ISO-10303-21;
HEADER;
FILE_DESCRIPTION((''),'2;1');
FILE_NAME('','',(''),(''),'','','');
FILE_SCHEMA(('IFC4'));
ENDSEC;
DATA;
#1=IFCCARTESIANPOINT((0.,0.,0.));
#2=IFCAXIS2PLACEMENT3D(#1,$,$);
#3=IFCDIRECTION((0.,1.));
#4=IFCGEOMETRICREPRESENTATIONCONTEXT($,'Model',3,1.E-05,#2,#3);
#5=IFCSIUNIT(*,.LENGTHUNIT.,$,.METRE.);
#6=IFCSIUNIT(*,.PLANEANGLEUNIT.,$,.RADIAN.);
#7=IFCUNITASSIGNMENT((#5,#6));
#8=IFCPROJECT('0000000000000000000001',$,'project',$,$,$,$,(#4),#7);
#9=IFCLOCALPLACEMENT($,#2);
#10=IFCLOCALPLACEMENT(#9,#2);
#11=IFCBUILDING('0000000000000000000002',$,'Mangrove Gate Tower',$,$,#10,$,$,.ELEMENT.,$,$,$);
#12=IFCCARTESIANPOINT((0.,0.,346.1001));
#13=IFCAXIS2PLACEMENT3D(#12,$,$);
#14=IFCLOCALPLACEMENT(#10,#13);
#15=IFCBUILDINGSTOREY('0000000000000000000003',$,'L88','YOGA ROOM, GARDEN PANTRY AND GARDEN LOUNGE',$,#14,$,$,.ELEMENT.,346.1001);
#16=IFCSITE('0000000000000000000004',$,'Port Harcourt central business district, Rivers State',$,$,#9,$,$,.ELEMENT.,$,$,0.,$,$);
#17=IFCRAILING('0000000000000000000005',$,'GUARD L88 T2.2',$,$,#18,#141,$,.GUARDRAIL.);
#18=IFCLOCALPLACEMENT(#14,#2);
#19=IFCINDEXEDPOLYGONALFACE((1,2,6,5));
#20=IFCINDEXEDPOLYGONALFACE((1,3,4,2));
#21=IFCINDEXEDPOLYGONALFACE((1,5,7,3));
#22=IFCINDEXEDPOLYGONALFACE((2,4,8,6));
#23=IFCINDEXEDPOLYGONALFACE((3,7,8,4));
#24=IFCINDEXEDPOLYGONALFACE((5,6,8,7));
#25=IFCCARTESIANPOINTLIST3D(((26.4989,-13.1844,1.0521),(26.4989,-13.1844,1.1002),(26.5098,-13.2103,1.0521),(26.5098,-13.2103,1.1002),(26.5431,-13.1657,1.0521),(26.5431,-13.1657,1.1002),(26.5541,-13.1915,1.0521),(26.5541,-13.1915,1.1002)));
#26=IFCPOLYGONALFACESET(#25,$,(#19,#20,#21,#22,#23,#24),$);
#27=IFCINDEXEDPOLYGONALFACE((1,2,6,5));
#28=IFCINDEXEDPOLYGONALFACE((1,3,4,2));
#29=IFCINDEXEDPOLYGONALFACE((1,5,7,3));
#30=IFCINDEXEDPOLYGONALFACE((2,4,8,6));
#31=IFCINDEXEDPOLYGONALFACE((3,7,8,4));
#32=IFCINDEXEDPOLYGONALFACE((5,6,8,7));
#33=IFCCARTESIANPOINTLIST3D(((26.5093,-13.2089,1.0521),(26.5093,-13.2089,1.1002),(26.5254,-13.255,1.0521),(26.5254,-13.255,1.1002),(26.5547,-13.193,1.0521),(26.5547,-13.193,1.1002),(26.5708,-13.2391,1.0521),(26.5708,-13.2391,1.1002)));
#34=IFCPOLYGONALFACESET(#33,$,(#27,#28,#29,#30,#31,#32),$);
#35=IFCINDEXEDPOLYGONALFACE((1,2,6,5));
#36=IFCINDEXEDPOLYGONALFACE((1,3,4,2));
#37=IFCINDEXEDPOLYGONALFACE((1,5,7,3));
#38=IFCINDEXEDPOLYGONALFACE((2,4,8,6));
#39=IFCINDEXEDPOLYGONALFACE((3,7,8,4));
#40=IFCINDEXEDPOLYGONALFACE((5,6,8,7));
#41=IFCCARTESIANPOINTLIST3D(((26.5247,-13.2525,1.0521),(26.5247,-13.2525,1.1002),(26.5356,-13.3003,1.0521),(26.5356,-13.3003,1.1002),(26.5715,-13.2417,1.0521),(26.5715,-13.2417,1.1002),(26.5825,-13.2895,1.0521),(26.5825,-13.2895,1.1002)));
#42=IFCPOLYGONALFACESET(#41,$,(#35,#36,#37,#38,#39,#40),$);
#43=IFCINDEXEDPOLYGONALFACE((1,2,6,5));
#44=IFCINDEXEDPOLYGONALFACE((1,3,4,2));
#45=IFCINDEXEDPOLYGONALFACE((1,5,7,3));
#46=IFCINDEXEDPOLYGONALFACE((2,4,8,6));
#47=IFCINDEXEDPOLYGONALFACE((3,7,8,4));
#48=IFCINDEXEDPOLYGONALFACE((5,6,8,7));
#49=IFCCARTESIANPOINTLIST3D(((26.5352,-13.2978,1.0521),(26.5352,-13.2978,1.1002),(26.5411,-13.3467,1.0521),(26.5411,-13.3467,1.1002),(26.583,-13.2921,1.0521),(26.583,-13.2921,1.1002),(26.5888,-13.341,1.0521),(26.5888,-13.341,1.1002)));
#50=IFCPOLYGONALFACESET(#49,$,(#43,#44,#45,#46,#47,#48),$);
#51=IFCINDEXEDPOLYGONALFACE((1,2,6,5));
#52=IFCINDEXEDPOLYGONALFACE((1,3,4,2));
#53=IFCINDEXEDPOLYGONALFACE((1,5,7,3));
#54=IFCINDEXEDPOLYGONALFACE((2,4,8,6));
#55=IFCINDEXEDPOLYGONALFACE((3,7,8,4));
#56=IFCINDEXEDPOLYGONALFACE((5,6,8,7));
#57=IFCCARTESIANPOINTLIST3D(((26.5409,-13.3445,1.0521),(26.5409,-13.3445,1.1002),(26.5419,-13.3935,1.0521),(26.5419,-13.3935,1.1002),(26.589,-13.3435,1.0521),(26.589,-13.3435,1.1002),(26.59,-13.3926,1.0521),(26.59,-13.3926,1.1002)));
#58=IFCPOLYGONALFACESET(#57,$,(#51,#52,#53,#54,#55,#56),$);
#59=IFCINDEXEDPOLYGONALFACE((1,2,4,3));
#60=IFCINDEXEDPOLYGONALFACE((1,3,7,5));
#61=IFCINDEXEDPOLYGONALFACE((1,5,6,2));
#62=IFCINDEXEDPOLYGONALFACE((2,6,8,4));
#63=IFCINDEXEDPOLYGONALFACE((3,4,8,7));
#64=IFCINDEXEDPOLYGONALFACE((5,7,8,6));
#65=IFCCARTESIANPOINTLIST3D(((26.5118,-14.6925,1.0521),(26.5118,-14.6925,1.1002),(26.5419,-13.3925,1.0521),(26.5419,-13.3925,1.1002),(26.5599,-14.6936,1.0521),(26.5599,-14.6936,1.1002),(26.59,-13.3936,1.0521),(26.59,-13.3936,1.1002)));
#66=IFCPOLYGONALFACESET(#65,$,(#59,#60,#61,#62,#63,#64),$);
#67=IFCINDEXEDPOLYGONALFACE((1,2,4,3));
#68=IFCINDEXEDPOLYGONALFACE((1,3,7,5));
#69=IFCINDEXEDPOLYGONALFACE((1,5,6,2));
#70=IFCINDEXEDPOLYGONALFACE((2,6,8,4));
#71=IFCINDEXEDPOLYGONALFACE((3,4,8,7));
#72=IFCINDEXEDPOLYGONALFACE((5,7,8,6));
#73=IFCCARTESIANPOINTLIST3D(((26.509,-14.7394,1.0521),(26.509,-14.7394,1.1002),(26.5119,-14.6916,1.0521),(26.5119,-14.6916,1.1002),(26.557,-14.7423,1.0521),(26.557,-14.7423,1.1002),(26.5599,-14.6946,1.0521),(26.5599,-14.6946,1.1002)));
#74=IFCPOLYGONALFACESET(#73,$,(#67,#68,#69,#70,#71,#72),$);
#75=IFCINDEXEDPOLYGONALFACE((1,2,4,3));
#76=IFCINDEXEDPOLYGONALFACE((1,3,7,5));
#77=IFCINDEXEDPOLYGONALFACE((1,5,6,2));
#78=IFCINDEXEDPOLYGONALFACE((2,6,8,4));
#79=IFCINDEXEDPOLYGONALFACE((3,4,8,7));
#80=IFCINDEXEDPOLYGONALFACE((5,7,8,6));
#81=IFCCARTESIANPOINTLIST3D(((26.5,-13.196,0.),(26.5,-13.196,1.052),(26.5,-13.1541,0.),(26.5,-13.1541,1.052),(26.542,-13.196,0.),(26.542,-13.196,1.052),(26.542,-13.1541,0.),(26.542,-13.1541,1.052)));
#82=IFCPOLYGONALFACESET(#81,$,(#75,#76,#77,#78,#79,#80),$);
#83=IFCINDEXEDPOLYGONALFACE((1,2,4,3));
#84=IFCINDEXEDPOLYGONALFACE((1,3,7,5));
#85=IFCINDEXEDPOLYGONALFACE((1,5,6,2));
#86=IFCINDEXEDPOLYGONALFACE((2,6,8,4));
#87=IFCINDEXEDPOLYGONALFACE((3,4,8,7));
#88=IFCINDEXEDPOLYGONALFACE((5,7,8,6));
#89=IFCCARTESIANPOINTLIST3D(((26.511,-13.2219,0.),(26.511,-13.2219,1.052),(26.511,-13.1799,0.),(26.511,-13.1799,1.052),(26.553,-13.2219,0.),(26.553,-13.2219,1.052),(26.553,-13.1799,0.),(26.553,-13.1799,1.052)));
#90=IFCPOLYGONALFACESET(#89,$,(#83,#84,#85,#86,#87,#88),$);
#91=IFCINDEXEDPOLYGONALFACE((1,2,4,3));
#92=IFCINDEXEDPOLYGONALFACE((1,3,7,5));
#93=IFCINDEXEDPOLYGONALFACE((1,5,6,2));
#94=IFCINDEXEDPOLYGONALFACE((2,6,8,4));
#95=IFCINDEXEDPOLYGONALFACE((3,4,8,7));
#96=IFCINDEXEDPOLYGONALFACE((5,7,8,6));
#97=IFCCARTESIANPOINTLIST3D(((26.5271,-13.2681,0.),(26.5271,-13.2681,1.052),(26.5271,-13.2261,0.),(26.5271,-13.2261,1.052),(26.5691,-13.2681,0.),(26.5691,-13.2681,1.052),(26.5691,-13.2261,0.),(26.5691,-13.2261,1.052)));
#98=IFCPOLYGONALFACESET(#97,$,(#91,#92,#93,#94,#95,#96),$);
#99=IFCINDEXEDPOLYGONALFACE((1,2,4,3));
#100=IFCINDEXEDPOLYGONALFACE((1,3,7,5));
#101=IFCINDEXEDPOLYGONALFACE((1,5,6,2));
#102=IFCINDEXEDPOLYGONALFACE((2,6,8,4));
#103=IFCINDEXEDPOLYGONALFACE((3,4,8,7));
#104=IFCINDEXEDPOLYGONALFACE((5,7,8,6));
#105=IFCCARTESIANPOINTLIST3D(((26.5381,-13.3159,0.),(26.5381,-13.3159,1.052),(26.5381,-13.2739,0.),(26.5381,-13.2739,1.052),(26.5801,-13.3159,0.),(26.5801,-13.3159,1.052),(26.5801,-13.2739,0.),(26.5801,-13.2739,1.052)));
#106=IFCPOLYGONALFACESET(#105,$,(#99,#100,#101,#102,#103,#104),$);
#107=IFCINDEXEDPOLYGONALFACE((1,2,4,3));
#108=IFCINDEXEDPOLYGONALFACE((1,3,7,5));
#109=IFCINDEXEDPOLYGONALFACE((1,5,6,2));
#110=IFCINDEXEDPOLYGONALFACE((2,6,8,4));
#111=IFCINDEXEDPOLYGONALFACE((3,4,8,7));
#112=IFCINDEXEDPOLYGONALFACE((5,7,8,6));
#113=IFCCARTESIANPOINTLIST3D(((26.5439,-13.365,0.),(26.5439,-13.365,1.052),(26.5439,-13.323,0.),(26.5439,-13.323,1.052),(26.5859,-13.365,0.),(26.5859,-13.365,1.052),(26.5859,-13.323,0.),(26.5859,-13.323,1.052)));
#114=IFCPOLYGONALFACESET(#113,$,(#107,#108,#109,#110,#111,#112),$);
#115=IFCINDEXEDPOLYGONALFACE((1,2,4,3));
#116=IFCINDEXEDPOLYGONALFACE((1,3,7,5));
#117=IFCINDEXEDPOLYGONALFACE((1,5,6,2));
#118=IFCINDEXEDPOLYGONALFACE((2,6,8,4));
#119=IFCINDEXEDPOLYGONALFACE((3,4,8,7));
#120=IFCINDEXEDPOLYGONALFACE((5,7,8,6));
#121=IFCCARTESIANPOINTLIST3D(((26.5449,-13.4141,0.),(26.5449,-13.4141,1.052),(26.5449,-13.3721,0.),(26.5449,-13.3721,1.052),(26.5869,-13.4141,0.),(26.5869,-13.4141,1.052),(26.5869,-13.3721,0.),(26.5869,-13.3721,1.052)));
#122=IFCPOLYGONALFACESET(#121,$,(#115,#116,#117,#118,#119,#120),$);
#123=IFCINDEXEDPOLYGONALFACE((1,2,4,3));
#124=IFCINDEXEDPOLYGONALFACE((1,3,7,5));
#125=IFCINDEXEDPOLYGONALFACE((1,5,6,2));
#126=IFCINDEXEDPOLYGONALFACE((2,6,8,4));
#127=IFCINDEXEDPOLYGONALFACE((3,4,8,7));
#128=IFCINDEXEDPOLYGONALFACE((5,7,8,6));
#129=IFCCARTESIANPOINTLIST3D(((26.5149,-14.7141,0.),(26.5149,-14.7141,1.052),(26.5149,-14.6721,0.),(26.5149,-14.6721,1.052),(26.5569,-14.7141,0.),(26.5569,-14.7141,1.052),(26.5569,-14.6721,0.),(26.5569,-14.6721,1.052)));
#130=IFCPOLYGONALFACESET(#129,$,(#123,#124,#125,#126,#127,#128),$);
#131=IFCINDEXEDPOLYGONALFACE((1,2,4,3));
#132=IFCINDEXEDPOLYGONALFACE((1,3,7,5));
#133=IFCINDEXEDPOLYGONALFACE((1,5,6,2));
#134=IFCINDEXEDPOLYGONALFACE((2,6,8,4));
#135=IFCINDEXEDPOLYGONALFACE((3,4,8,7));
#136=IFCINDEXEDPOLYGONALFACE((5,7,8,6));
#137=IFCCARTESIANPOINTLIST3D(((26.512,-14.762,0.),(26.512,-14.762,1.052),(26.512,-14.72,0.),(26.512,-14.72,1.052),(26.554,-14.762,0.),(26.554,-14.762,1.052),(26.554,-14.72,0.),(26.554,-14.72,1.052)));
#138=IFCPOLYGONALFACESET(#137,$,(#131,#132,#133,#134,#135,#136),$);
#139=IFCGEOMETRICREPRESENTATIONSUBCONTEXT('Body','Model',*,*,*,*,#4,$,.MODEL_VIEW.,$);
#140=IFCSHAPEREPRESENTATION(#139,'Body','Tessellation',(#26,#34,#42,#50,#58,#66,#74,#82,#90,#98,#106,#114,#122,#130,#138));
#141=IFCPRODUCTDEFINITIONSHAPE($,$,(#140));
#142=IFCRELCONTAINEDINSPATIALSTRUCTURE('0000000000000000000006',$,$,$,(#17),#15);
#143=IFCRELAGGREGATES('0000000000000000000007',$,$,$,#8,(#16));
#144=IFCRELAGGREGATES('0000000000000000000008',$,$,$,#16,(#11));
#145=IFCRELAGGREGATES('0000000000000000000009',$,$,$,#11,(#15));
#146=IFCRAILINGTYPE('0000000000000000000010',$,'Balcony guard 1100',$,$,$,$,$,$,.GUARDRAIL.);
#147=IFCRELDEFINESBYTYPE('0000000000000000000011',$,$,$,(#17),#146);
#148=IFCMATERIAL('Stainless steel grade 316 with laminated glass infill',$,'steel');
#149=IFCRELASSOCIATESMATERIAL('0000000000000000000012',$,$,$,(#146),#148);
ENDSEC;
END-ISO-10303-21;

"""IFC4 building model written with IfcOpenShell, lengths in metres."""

from ifc_helpers import new_model, si_unit, direction, frame, origin, origin_2d, place, context, subcontext, project, spatial, rectangle, extrude, material, type_object, element, save


model = new_model("IFC4")

# Units and contexts
model_context = context("Model", 3, precision=1e-05, world=origin(), true_north=direction((0.0, 1.0)))
body_context = subcontext(model_context, "Body", "Model", "MODEL_VIEW")
ifc_project = project(units=[si_unit("LENGTHUNIT", "METRE"), si_unit("PLANEANGLEUNIT", "RADIAN")], contexts=[model_context])

# Site, building, storey
site_placement = place(None, origin())
site = spatial("IfcSite", under=ifc_project, at=site_placement, Name="Port Harcourt central business district, Rivers State", CompositionType="ELEMENT", RefElevation=0.0)
building_placement = place(site_placement, origin())
building = spatial("IfcBuilding", under=site, at=building_placement, Name="Mangrove Gate Tower", CompositionType="ELEMENT")
storey_placement = place(building_placement, frame((0.0, 0.0, 346.1001)))
storey = spatial("IfcBuildingStorey", under=building, at=storey_placement, Name="L88", Description="YOGA ROOM, GARDEN PANTRY AND GARDEN LOUNGE", CompositionType="ELEMENT", Elevation=346.1001)

# Railing
ifc_material_1 = material(Name="Stainless steel grade 316 with laminated glass infill", Category="steel")
railing_type = type_object("IfcRailingType", Name="Balcony guard 1100", PredefinedType="GUARDRAIL", material=ifc_material_1)
railing_1_placement = place(storey_placement, frame((26.521, -13.175, 0.0)))
element("IfcRailing", 1, at=railing_1_placement, inside=storey, type_object=railing_type, Name="GUARD L88 T2.2", PredefinedType="GUARDRAIL", context=body_context, shape_type="SweptSolid", body=[
    extrude(rectangle(XDim=0.0481, YDim=0.0481, at=origin_2d()), frame((0.0, 0.0, 1.0762), z_axis=(0.390773, -0.920487, 0.0), x_axis=(0.920487, 0.390773, 0.0)), (0.0, 0.0, 1.0), 0.0281),
    extrude(rectangle(XDim=0.0481, YDim=0.0481, at=origin_2d()), frame((0.011, -0.0259, 1.0762), z_axis=(0.329683, -0.944092, 0.0), x_axis=(0.944092, 0.329683, 0.0)), (0.0, 0.0, 1.0), 0.0488),
    extrude(rectangle(XDim=0.0481, YDim=0.0481, at=origin_2d()), frame((0.0271, -0.072, 1.0762), z_axis=(0.22377, -0.974642, 0.0), x_axis=(0.974642, 0.22377, 0.0)), (0.0, 0.0, 1.0), 0.0491),
    extrude(rectangle(XDim=0.0481, YDim=0.0481, at=origin_2d()), frame((0.0381, -0.1199, 1.0762), z_axis=(0.118561, -0.992947, 0.0), x_axis=(0.992947, 0.118561, 0.0)), (0.0, 0.0, 1.0), 0.0493),
    extrude(rectangle(XDim=0.0481, YDim=0.0481, at=origin_2d()), frame((0.0439, -0.1689, 1.0762), z_axis=(0.019897, -0.999802, 0.0), x_axis=(0.999802, 0.019897, 0.0)), (0.0, 0.0, 1.0), 0.0491),
    extrude(rectangle(XDim=0.0481, YDim=0.0481, at=origin_2d()), frame((0.0449, -0.218, 1.0762), z_axis=(-0.023092, -0.999733, 0.0), x_axis=(0.999733, -0.023092, 0.0)), (0.0, 0.0, 1.0), 1.3003),
    extrude(rectangle(XDim=0.0481, YDim=0.0481, at=origin_2d()), frame((0.0149, -1.5181, 1.0762), z_axis=(-0.06111, -0.998131, 0.0), x_axis=(0.998131, -0.06111, 0.0)), (0.0, 0.0, 1.0), 0.0479),
    extrude(rectangle(XDim=0.042, YDim=0.042, at=origin_2d()), origin(), (0.0, 0.0, 1.0), 1.052),
    extrude(rectangle(XDim=0.042, YDim=0.042, at=origin_2d()), frame((0.011, -0.0259, 0.0)), (0.0, 0.0, 1.0), 1.052),
    extrude(rectangle(XDim=0.042, YDim=0.042, at=origin_2d()), frame((0.0271, -0.072, 0.0)), (0.0, 0.0, 1.0), 1.052),
    extrude(rectangle(XDim=0.042, YDim=0.042, at=origin_2d()), frame((0.0381, -0.1199, 0.0)), (0.0, 0.0, 1.0), 1.052),
    extrude(rectangle(XDim=0.042, YDim=0.042, at=origin_2d()), frame((0.0439, -0.1689, 0.0)), (0.0, 0.0, 1.0), 1.052),
    extrude(rectangle(XDim=0.042, YDim=0.042, at=origin_2d()), frame((0.0449, -0.218, 0.0)), (0.0, 0.0, 1.0), 1.052),
    extrude(rectangle(XDim=0.042, YDim=0.042, at=origin_2d()), frame((0.0149, -1.5181, 0.0)), (0.0, 0.0, 1.0), 1.052),
    extrude(rectangle(XDim=0.042, YDim=0.042, at=origin_2d()), frame((0.012, -1.5659, 0.0)), (0.0, 0.0, 1.0), 1.052),
])

save(model, "model.ifc")
